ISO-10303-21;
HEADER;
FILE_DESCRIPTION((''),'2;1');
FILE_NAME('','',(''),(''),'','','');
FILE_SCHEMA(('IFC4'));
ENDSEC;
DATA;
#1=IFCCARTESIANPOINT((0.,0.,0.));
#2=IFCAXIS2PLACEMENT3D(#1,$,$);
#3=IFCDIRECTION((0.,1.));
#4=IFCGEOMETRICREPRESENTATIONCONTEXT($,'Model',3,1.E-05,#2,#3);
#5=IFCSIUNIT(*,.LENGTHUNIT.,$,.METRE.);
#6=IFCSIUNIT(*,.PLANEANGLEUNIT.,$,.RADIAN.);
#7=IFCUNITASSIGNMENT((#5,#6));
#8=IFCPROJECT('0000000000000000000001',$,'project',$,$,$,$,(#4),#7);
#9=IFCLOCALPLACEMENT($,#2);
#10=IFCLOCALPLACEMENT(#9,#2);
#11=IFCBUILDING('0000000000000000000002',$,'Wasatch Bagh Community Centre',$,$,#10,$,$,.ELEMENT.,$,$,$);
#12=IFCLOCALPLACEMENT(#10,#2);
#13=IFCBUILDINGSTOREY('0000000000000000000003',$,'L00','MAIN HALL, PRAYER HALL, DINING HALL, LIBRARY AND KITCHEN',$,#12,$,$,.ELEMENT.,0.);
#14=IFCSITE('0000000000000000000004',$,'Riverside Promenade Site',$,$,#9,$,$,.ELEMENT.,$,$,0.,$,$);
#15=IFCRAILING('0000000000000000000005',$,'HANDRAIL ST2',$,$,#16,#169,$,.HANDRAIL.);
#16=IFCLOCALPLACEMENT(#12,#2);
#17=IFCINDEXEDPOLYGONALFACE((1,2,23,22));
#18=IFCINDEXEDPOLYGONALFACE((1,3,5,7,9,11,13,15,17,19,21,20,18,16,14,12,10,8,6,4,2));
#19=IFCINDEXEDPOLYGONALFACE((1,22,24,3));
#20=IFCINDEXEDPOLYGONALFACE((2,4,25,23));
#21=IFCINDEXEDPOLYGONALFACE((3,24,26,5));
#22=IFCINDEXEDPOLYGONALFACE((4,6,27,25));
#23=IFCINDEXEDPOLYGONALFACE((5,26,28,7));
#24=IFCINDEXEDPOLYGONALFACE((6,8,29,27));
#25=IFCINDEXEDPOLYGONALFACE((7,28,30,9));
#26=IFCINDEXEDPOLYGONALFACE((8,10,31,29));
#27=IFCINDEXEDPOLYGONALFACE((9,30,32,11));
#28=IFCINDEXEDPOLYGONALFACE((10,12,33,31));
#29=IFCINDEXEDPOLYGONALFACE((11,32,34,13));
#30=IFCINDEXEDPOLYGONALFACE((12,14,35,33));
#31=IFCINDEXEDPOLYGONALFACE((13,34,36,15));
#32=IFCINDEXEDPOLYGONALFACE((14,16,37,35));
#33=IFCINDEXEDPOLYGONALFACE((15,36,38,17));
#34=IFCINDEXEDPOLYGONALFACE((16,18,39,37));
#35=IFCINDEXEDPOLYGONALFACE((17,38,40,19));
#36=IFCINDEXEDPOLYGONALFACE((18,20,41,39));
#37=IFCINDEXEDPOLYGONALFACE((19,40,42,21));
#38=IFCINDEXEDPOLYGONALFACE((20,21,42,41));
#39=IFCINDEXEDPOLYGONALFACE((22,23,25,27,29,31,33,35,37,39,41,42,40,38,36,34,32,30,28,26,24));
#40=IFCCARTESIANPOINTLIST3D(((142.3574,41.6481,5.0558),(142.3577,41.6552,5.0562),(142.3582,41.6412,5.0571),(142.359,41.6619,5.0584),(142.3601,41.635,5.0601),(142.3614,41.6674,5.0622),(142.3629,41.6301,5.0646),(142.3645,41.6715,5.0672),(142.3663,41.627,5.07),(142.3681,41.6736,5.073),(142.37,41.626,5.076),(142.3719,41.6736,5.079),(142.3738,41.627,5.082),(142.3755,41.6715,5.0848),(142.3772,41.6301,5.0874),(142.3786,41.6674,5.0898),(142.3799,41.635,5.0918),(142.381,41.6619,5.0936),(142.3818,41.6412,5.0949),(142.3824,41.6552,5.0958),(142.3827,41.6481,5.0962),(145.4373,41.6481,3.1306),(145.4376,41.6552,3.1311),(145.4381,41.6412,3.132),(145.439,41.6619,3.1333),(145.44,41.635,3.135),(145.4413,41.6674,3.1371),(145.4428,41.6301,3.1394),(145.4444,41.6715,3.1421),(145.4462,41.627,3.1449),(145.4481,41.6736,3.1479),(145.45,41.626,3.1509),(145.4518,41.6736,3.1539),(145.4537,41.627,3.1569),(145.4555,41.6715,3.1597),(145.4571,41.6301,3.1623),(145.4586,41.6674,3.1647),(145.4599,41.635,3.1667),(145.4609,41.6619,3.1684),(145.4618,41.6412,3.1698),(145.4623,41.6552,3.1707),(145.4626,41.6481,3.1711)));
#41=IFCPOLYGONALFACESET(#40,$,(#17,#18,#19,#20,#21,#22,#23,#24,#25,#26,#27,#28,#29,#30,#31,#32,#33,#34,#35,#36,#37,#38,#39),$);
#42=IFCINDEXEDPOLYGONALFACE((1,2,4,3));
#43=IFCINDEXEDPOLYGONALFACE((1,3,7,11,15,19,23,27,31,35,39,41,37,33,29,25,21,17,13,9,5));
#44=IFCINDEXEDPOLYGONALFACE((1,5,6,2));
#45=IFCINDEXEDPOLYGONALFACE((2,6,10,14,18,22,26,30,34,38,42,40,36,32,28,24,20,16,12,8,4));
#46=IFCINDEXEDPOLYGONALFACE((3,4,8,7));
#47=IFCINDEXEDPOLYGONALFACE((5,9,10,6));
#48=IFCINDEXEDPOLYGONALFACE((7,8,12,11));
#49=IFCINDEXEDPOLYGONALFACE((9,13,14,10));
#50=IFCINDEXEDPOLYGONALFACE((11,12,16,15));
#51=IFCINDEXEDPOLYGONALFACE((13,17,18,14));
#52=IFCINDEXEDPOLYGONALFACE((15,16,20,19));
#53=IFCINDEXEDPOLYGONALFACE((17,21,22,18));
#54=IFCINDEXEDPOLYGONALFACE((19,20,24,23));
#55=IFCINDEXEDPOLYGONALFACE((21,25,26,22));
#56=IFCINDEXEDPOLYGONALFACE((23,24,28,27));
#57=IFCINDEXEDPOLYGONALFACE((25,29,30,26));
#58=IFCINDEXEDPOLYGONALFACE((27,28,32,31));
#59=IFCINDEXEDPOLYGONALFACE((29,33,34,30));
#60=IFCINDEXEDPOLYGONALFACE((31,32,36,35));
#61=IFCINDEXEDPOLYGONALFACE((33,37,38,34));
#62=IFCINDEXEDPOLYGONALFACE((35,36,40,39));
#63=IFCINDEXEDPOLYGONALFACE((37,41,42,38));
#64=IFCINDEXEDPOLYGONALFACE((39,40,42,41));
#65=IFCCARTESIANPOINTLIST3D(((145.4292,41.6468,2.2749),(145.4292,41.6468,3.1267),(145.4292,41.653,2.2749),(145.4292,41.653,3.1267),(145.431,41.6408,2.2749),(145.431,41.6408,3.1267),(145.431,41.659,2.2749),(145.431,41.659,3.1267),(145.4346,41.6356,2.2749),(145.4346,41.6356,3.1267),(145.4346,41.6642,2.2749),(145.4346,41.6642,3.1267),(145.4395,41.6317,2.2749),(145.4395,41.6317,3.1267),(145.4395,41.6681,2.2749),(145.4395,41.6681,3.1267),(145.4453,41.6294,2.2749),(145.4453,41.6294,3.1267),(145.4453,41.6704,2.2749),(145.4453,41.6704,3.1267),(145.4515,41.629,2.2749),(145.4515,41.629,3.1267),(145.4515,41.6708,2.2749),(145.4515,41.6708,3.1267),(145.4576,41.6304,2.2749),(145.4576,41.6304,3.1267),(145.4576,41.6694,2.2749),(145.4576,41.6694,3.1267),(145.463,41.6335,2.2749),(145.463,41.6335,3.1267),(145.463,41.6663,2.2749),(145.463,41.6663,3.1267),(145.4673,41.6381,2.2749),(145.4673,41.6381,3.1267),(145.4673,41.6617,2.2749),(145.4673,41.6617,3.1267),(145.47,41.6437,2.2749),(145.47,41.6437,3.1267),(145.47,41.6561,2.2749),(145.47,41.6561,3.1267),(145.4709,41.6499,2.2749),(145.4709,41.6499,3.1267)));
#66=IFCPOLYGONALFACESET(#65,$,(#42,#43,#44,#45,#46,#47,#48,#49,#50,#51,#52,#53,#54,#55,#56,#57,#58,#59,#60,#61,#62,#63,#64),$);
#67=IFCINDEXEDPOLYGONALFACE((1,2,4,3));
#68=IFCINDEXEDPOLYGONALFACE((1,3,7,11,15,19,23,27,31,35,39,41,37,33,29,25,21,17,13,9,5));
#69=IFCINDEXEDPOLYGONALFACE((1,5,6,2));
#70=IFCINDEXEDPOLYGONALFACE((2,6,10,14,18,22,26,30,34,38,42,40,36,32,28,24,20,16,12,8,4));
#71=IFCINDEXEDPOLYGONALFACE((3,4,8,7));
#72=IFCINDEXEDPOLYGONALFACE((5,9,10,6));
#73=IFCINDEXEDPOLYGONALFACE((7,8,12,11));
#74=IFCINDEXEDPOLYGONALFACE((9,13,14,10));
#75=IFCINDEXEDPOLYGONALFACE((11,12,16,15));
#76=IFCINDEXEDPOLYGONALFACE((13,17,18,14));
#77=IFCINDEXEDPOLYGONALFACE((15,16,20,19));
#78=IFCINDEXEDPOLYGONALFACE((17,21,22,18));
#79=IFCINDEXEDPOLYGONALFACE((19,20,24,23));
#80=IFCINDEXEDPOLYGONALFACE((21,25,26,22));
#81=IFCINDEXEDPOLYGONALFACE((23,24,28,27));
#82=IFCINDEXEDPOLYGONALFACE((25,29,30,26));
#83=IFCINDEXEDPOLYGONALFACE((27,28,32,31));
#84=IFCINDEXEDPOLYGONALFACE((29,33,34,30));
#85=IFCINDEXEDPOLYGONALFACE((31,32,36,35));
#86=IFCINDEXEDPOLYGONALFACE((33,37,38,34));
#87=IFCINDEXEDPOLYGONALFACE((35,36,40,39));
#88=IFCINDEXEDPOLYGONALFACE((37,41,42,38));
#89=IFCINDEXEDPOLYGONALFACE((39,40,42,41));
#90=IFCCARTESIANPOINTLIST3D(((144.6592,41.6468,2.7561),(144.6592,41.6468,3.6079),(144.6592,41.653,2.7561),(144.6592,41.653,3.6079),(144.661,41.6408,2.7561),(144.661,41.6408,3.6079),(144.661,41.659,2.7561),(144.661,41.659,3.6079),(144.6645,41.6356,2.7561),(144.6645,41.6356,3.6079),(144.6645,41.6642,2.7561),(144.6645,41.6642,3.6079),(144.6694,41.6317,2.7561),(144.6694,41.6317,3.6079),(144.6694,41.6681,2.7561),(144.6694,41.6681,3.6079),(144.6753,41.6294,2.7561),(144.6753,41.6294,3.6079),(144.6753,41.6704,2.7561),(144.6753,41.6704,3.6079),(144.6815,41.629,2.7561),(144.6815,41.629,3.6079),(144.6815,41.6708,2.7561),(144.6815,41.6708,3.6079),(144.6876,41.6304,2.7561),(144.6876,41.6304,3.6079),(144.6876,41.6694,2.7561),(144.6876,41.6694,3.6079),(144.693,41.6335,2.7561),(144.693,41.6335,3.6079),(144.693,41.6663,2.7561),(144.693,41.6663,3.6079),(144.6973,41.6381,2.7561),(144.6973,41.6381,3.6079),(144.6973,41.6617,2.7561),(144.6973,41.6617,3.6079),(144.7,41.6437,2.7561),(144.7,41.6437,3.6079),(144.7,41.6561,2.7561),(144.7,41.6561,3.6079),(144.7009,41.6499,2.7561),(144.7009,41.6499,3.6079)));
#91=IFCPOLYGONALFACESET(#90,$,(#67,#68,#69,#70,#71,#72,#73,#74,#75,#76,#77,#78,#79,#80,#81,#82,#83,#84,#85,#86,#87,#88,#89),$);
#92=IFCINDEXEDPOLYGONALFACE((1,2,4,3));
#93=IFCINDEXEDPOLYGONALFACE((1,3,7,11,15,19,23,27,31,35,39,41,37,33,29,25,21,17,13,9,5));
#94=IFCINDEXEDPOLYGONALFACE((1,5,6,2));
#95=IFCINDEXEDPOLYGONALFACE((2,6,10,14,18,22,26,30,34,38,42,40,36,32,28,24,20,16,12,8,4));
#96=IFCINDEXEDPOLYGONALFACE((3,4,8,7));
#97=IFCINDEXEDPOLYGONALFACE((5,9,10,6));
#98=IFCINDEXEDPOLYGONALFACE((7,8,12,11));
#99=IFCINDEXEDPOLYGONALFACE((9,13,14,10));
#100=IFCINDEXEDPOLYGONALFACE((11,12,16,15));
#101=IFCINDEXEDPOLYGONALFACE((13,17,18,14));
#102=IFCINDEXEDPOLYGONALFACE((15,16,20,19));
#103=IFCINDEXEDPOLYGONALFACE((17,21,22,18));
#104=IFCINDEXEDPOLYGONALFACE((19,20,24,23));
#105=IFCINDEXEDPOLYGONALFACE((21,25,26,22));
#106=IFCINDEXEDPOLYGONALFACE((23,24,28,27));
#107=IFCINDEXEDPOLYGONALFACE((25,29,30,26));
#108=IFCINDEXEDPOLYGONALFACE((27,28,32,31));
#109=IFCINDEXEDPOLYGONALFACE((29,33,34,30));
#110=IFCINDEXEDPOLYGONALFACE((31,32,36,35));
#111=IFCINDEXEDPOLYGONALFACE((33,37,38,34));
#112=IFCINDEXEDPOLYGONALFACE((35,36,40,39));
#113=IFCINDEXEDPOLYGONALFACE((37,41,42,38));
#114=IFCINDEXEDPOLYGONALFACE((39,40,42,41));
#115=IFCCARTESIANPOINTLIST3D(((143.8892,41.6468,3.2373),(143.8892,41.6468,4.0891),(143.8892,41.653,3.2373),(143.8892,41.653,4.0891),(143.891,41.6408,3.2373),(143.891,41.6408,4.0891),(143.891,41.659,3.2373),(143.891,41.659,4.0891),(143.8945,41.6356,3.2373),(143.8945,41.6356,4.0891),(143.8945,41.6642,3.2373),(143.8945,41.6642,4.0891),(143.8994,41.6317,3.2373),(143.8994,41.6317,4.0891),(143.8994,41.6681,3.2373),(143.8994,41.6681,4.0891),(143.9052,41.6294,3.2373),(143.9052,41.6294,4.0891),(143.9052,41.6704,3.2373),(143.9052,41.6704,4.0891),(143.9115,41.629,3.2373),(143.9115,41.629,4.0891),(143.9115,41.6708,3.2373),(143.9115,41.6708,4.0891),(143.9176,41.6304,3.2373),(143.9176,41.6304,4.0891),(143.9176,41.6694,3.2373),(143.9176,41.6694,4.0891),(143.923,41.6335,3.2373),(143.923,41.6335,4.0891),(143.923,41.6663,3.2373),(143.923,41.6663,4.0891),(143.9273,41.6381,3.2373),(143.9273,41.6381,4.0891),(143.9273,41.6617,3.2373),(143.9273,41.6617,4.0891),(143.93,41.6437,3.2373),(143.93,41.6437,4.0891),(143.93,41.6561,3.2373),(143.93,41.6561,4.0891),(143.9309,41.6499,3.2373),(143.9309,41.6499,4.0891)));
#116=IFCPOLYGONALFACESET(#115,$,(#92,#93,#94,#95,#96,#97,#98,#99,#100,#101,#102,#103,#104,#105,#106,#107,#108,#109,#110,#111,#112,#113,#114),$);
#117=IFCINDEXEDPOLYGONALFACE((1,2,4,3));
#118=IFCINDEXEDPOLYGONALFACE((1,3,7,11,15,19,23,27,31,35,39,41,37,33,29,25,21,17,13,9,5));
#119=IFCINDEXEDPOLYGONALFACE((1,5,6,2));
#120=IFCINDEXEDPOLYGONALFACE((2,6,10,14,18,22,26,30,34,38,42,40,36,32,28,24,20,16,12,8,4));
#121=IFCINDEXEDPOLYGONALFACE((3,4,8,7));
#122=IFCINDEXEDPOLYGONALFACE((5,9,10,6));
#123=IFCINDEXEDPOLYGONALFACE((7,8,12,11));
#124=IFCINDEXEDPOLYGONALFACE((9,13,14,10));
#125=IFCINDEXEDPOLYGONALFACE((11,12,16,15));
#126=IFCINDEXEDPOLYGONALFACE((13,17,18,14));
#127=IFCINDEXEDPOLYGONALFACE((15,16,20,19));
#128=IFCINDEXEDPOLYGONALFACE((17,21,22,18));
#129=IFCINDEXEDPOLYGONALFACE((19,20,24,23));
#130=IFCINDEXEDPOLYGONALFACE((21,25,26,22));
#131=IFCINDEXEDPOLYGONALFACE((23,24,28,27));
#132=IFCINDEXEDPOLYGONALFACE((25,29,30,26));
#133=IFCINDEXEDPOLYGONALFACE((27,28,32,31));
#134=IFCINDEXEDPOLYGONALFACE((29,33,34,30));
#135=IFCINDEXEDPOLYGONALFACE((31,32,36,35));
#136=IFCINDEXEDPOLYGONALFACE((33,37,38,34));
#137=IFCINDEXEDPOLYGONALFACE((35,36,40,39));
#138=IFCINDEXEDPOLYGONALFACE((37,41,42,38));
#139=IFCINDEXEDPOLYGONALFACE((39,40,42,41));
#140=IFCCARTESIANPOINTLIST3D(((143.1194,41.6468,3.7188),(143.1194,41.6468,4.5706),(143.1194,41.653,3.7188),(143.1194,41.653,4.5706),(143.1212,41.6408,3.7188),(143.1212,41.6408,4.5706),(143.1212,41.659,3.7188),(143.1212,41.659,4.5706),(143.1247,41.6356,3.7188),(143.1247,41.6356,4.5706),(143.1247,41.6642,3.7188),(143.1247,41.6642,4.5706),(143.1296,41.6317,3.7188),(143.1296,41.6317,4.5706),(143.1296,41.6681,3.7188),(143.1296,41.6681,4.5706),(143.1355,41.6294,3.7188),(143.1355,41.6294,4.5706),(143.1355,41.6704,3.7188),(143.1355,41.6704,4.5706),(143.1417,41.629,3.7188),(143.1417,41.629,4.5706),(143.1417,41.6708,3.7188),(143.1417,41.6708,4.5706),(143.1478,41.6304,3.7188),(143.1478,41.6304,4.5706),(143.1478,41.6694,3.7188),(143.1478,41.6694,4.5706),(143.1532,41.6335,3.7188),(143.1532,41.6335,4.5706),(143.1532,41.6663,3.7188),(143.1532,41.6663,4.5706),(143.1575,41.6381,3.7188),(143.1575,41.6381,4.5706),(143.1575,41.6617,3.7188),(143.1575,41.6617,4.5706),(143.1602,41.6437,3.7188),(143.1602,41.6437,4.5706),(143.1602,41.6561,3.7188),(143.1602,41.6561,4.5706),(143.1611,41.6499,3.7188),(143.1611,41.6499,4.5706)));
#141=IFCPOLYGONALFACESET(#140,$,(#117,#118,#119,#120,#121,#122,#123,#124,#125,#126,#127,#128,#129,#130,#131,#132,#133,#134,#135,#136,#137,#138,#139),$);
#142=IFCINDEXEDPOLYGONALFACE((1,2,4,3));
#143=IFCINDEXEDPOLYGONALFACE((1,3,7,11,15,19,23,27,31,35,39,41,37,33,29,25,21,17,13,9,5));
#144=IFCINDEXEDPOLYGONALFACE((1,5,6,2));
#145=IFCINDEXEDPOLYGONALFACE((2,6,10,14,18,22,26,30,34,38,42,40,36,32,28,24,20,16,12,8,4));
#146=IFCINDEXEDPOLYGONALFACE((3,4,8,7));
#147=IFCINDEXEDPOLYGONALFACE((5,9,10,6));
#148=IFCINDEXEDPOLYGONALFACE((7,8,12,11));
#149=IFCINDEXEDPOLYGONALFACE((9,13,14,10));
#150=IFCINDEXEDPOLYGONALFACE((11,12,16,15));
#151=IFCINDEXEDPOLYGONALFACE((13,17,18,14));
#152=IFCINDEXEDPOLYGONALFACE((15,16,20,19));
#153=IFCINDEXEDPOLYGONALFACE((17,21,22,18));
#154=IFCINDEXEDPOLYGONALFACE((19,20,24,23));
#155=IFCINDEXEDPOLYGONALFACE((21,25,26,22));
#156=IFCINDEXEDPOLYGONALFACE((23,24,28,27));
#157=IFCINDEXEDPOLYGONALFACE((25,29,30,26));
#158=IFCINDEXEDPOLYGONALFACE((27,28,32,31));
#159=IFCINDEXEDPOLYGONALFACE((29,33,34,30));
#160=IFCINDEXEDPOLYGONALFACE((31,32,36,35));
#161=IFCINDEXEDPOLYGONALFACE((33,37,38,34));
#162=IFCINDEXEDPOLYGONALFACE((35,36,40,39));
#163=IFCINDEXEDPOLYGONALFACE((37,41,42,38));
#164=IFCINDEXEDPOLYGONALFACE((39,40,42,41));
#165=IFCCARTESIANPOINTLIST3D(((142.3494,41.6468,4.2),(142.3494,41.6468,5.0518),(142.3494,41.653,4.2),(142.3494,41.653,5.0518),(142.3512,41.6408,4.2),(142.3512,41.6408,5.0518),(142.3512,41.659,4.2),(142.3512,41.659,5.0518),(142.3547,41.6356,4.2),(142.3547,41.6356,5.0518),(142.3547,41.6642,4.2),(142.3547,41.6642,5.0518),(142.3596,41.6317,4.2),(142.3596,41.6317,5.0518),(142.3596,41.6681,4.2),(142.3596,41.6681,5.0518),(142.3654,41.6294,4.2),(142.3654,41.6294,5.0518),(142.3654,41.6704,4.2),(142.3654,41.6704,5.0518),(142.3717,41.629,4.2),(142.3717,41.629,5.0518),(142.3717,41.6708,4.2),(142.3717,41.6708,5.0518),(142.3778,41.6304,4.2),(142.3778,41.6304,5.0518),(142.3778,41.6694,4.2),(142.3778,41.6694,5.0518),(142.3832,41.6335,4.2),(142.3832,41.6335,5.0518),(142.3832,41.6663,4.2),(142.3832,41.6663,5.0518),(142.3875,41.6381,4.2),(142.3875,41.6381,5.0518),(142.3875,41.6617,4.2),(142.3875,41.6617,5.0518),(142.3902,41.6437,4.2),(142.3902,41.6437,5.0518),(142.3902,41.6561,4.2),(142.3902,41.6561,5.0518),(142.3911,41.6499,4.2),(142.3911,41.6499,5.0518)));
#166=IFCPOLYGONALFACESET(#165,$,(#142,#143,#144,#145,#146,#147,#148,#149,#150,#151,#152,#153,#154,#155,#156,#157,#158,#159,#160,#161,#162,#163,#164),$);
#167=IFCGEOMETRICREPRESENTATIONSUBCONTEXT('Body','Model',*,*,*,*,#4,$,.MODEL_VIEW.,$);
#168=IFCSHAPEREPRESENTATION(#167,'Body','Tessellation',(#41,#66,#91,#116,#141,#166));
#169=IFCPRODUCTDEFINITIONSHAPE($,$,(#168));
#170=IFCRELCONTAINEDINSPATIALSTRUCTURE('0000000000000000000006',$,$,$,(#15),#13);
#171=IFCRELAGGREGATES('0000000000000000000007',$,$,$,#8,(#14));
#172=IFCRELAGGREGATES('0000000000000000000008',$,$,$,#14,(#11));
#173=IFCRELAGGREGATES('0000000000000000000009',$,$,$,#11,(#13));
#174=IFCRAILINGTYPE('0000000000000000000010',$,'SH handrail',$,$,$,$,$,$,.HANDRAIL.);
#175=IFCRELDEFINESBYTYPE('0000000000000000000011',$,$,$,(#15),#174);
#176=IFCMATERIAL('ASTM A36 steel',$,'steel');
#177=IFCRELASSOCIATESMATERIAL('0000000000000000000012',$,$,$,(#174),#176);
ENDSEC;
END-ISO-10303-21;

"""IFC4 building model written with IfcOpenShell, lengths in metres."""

from ifc_helpers import new_model, si_unit, direction, frame, origin, origin_2d, place, context, subcontext, project, spatial, circle, extrude, material, type_object, element, save


model = new_model("IFC4")

# Units and contexts
model_context = context("Model", 3, precision=1e-05, world=origin(), true_north=direction((0.0, 1.0)))
body_context = subcontext(model_context, "Body", "Model", "MODEL_VIEW")
ifc_project = project(units=[si_unit("LENGTHUNIT", "METRE"), si_unit("PLANEANGLEUNIT", "RADIAN")], contexts=[model_context])

# Site, building, storey
site_placement = place(None, origin())
site = spatial("IfcSite", under=ifc_project, at=site_placement, Name="Riverside Promenade Site", CompositionType="ELEMENT", RefElevation=0.0)
building_placement = place(site_placement, origin())
building = spatial("IfcBuilding", under=site, at=building_placement, Name="Wasatch Bagh Community Centre", CompositionType="ELEMENT")
storey_placement = place(building_placement, origin())
storey = spatial("IfcBuildingStorey", under=building, at=storey_placement, Name="L00", Description="MAIN HALL, PRAYER HALL, DINING HALL, LIBRARY AND KITCHEN", CompositionType="ELEMENT", Elevation=0.0)

# Railing
ifc_material_1 = material(Name="ASTM A36 steel", Category="steel")
railing_type_1 = type_object("IfcRailingType", Name="SH handrail", PredefinedType="HANDRAIL", material=ifc_material_1)
for number, where, name in (
    (1, (145.45, 41.6499, 2.2749), "HANDRAIL ST2"),
):
    element("IfcRailing", number, at=place(storey_placement, frame(where)), inside=storey, type_object=railing_type_1, Name=name, PredefinedType="HANDRAIL", context=body_context, shape_type="SweptSolid", body=[
        extrude(circle(Radius=0.0239, at=origin_2d()), frame((0.0, 0.0, 0.876), z_axis=(-0.847979, 0.0, 0.530029), x_axis=(0.0, -1.0, 0.0)), (0.0, 0.0, 1.0), 3.6321),
        extrude(circle(Radius=0.021, at=origin_2d()), origin(), (0.0, 0.0, 1.0), 0.8518),
        extrude(circle(Radius=0.021, at=origin_2d()), frame((-0.77, 0.0, 0.4812)), (0.0, 0.0, 1.0), 0.8518),
        extrude(circle(Radius=0.021, at=origin_2d()), frame((-1.54, 0.0, 0.9624)), (0.0, 0.0, 1.0), 0.8518),
        extrude(circle(Radius=0.021, at=origin_2d()), frame((-2.3098, 0.0, 1.4438)), (0.0, 0.0, 1.0), 0.8518),
        extrude(circle(Radius=0.021, at=origin_2d()), frame((-3.0798, 0.0, 1.925)), (0.0, 0.0, 1.0), 0.8518),
    ])

save(model, "model.ifc")
